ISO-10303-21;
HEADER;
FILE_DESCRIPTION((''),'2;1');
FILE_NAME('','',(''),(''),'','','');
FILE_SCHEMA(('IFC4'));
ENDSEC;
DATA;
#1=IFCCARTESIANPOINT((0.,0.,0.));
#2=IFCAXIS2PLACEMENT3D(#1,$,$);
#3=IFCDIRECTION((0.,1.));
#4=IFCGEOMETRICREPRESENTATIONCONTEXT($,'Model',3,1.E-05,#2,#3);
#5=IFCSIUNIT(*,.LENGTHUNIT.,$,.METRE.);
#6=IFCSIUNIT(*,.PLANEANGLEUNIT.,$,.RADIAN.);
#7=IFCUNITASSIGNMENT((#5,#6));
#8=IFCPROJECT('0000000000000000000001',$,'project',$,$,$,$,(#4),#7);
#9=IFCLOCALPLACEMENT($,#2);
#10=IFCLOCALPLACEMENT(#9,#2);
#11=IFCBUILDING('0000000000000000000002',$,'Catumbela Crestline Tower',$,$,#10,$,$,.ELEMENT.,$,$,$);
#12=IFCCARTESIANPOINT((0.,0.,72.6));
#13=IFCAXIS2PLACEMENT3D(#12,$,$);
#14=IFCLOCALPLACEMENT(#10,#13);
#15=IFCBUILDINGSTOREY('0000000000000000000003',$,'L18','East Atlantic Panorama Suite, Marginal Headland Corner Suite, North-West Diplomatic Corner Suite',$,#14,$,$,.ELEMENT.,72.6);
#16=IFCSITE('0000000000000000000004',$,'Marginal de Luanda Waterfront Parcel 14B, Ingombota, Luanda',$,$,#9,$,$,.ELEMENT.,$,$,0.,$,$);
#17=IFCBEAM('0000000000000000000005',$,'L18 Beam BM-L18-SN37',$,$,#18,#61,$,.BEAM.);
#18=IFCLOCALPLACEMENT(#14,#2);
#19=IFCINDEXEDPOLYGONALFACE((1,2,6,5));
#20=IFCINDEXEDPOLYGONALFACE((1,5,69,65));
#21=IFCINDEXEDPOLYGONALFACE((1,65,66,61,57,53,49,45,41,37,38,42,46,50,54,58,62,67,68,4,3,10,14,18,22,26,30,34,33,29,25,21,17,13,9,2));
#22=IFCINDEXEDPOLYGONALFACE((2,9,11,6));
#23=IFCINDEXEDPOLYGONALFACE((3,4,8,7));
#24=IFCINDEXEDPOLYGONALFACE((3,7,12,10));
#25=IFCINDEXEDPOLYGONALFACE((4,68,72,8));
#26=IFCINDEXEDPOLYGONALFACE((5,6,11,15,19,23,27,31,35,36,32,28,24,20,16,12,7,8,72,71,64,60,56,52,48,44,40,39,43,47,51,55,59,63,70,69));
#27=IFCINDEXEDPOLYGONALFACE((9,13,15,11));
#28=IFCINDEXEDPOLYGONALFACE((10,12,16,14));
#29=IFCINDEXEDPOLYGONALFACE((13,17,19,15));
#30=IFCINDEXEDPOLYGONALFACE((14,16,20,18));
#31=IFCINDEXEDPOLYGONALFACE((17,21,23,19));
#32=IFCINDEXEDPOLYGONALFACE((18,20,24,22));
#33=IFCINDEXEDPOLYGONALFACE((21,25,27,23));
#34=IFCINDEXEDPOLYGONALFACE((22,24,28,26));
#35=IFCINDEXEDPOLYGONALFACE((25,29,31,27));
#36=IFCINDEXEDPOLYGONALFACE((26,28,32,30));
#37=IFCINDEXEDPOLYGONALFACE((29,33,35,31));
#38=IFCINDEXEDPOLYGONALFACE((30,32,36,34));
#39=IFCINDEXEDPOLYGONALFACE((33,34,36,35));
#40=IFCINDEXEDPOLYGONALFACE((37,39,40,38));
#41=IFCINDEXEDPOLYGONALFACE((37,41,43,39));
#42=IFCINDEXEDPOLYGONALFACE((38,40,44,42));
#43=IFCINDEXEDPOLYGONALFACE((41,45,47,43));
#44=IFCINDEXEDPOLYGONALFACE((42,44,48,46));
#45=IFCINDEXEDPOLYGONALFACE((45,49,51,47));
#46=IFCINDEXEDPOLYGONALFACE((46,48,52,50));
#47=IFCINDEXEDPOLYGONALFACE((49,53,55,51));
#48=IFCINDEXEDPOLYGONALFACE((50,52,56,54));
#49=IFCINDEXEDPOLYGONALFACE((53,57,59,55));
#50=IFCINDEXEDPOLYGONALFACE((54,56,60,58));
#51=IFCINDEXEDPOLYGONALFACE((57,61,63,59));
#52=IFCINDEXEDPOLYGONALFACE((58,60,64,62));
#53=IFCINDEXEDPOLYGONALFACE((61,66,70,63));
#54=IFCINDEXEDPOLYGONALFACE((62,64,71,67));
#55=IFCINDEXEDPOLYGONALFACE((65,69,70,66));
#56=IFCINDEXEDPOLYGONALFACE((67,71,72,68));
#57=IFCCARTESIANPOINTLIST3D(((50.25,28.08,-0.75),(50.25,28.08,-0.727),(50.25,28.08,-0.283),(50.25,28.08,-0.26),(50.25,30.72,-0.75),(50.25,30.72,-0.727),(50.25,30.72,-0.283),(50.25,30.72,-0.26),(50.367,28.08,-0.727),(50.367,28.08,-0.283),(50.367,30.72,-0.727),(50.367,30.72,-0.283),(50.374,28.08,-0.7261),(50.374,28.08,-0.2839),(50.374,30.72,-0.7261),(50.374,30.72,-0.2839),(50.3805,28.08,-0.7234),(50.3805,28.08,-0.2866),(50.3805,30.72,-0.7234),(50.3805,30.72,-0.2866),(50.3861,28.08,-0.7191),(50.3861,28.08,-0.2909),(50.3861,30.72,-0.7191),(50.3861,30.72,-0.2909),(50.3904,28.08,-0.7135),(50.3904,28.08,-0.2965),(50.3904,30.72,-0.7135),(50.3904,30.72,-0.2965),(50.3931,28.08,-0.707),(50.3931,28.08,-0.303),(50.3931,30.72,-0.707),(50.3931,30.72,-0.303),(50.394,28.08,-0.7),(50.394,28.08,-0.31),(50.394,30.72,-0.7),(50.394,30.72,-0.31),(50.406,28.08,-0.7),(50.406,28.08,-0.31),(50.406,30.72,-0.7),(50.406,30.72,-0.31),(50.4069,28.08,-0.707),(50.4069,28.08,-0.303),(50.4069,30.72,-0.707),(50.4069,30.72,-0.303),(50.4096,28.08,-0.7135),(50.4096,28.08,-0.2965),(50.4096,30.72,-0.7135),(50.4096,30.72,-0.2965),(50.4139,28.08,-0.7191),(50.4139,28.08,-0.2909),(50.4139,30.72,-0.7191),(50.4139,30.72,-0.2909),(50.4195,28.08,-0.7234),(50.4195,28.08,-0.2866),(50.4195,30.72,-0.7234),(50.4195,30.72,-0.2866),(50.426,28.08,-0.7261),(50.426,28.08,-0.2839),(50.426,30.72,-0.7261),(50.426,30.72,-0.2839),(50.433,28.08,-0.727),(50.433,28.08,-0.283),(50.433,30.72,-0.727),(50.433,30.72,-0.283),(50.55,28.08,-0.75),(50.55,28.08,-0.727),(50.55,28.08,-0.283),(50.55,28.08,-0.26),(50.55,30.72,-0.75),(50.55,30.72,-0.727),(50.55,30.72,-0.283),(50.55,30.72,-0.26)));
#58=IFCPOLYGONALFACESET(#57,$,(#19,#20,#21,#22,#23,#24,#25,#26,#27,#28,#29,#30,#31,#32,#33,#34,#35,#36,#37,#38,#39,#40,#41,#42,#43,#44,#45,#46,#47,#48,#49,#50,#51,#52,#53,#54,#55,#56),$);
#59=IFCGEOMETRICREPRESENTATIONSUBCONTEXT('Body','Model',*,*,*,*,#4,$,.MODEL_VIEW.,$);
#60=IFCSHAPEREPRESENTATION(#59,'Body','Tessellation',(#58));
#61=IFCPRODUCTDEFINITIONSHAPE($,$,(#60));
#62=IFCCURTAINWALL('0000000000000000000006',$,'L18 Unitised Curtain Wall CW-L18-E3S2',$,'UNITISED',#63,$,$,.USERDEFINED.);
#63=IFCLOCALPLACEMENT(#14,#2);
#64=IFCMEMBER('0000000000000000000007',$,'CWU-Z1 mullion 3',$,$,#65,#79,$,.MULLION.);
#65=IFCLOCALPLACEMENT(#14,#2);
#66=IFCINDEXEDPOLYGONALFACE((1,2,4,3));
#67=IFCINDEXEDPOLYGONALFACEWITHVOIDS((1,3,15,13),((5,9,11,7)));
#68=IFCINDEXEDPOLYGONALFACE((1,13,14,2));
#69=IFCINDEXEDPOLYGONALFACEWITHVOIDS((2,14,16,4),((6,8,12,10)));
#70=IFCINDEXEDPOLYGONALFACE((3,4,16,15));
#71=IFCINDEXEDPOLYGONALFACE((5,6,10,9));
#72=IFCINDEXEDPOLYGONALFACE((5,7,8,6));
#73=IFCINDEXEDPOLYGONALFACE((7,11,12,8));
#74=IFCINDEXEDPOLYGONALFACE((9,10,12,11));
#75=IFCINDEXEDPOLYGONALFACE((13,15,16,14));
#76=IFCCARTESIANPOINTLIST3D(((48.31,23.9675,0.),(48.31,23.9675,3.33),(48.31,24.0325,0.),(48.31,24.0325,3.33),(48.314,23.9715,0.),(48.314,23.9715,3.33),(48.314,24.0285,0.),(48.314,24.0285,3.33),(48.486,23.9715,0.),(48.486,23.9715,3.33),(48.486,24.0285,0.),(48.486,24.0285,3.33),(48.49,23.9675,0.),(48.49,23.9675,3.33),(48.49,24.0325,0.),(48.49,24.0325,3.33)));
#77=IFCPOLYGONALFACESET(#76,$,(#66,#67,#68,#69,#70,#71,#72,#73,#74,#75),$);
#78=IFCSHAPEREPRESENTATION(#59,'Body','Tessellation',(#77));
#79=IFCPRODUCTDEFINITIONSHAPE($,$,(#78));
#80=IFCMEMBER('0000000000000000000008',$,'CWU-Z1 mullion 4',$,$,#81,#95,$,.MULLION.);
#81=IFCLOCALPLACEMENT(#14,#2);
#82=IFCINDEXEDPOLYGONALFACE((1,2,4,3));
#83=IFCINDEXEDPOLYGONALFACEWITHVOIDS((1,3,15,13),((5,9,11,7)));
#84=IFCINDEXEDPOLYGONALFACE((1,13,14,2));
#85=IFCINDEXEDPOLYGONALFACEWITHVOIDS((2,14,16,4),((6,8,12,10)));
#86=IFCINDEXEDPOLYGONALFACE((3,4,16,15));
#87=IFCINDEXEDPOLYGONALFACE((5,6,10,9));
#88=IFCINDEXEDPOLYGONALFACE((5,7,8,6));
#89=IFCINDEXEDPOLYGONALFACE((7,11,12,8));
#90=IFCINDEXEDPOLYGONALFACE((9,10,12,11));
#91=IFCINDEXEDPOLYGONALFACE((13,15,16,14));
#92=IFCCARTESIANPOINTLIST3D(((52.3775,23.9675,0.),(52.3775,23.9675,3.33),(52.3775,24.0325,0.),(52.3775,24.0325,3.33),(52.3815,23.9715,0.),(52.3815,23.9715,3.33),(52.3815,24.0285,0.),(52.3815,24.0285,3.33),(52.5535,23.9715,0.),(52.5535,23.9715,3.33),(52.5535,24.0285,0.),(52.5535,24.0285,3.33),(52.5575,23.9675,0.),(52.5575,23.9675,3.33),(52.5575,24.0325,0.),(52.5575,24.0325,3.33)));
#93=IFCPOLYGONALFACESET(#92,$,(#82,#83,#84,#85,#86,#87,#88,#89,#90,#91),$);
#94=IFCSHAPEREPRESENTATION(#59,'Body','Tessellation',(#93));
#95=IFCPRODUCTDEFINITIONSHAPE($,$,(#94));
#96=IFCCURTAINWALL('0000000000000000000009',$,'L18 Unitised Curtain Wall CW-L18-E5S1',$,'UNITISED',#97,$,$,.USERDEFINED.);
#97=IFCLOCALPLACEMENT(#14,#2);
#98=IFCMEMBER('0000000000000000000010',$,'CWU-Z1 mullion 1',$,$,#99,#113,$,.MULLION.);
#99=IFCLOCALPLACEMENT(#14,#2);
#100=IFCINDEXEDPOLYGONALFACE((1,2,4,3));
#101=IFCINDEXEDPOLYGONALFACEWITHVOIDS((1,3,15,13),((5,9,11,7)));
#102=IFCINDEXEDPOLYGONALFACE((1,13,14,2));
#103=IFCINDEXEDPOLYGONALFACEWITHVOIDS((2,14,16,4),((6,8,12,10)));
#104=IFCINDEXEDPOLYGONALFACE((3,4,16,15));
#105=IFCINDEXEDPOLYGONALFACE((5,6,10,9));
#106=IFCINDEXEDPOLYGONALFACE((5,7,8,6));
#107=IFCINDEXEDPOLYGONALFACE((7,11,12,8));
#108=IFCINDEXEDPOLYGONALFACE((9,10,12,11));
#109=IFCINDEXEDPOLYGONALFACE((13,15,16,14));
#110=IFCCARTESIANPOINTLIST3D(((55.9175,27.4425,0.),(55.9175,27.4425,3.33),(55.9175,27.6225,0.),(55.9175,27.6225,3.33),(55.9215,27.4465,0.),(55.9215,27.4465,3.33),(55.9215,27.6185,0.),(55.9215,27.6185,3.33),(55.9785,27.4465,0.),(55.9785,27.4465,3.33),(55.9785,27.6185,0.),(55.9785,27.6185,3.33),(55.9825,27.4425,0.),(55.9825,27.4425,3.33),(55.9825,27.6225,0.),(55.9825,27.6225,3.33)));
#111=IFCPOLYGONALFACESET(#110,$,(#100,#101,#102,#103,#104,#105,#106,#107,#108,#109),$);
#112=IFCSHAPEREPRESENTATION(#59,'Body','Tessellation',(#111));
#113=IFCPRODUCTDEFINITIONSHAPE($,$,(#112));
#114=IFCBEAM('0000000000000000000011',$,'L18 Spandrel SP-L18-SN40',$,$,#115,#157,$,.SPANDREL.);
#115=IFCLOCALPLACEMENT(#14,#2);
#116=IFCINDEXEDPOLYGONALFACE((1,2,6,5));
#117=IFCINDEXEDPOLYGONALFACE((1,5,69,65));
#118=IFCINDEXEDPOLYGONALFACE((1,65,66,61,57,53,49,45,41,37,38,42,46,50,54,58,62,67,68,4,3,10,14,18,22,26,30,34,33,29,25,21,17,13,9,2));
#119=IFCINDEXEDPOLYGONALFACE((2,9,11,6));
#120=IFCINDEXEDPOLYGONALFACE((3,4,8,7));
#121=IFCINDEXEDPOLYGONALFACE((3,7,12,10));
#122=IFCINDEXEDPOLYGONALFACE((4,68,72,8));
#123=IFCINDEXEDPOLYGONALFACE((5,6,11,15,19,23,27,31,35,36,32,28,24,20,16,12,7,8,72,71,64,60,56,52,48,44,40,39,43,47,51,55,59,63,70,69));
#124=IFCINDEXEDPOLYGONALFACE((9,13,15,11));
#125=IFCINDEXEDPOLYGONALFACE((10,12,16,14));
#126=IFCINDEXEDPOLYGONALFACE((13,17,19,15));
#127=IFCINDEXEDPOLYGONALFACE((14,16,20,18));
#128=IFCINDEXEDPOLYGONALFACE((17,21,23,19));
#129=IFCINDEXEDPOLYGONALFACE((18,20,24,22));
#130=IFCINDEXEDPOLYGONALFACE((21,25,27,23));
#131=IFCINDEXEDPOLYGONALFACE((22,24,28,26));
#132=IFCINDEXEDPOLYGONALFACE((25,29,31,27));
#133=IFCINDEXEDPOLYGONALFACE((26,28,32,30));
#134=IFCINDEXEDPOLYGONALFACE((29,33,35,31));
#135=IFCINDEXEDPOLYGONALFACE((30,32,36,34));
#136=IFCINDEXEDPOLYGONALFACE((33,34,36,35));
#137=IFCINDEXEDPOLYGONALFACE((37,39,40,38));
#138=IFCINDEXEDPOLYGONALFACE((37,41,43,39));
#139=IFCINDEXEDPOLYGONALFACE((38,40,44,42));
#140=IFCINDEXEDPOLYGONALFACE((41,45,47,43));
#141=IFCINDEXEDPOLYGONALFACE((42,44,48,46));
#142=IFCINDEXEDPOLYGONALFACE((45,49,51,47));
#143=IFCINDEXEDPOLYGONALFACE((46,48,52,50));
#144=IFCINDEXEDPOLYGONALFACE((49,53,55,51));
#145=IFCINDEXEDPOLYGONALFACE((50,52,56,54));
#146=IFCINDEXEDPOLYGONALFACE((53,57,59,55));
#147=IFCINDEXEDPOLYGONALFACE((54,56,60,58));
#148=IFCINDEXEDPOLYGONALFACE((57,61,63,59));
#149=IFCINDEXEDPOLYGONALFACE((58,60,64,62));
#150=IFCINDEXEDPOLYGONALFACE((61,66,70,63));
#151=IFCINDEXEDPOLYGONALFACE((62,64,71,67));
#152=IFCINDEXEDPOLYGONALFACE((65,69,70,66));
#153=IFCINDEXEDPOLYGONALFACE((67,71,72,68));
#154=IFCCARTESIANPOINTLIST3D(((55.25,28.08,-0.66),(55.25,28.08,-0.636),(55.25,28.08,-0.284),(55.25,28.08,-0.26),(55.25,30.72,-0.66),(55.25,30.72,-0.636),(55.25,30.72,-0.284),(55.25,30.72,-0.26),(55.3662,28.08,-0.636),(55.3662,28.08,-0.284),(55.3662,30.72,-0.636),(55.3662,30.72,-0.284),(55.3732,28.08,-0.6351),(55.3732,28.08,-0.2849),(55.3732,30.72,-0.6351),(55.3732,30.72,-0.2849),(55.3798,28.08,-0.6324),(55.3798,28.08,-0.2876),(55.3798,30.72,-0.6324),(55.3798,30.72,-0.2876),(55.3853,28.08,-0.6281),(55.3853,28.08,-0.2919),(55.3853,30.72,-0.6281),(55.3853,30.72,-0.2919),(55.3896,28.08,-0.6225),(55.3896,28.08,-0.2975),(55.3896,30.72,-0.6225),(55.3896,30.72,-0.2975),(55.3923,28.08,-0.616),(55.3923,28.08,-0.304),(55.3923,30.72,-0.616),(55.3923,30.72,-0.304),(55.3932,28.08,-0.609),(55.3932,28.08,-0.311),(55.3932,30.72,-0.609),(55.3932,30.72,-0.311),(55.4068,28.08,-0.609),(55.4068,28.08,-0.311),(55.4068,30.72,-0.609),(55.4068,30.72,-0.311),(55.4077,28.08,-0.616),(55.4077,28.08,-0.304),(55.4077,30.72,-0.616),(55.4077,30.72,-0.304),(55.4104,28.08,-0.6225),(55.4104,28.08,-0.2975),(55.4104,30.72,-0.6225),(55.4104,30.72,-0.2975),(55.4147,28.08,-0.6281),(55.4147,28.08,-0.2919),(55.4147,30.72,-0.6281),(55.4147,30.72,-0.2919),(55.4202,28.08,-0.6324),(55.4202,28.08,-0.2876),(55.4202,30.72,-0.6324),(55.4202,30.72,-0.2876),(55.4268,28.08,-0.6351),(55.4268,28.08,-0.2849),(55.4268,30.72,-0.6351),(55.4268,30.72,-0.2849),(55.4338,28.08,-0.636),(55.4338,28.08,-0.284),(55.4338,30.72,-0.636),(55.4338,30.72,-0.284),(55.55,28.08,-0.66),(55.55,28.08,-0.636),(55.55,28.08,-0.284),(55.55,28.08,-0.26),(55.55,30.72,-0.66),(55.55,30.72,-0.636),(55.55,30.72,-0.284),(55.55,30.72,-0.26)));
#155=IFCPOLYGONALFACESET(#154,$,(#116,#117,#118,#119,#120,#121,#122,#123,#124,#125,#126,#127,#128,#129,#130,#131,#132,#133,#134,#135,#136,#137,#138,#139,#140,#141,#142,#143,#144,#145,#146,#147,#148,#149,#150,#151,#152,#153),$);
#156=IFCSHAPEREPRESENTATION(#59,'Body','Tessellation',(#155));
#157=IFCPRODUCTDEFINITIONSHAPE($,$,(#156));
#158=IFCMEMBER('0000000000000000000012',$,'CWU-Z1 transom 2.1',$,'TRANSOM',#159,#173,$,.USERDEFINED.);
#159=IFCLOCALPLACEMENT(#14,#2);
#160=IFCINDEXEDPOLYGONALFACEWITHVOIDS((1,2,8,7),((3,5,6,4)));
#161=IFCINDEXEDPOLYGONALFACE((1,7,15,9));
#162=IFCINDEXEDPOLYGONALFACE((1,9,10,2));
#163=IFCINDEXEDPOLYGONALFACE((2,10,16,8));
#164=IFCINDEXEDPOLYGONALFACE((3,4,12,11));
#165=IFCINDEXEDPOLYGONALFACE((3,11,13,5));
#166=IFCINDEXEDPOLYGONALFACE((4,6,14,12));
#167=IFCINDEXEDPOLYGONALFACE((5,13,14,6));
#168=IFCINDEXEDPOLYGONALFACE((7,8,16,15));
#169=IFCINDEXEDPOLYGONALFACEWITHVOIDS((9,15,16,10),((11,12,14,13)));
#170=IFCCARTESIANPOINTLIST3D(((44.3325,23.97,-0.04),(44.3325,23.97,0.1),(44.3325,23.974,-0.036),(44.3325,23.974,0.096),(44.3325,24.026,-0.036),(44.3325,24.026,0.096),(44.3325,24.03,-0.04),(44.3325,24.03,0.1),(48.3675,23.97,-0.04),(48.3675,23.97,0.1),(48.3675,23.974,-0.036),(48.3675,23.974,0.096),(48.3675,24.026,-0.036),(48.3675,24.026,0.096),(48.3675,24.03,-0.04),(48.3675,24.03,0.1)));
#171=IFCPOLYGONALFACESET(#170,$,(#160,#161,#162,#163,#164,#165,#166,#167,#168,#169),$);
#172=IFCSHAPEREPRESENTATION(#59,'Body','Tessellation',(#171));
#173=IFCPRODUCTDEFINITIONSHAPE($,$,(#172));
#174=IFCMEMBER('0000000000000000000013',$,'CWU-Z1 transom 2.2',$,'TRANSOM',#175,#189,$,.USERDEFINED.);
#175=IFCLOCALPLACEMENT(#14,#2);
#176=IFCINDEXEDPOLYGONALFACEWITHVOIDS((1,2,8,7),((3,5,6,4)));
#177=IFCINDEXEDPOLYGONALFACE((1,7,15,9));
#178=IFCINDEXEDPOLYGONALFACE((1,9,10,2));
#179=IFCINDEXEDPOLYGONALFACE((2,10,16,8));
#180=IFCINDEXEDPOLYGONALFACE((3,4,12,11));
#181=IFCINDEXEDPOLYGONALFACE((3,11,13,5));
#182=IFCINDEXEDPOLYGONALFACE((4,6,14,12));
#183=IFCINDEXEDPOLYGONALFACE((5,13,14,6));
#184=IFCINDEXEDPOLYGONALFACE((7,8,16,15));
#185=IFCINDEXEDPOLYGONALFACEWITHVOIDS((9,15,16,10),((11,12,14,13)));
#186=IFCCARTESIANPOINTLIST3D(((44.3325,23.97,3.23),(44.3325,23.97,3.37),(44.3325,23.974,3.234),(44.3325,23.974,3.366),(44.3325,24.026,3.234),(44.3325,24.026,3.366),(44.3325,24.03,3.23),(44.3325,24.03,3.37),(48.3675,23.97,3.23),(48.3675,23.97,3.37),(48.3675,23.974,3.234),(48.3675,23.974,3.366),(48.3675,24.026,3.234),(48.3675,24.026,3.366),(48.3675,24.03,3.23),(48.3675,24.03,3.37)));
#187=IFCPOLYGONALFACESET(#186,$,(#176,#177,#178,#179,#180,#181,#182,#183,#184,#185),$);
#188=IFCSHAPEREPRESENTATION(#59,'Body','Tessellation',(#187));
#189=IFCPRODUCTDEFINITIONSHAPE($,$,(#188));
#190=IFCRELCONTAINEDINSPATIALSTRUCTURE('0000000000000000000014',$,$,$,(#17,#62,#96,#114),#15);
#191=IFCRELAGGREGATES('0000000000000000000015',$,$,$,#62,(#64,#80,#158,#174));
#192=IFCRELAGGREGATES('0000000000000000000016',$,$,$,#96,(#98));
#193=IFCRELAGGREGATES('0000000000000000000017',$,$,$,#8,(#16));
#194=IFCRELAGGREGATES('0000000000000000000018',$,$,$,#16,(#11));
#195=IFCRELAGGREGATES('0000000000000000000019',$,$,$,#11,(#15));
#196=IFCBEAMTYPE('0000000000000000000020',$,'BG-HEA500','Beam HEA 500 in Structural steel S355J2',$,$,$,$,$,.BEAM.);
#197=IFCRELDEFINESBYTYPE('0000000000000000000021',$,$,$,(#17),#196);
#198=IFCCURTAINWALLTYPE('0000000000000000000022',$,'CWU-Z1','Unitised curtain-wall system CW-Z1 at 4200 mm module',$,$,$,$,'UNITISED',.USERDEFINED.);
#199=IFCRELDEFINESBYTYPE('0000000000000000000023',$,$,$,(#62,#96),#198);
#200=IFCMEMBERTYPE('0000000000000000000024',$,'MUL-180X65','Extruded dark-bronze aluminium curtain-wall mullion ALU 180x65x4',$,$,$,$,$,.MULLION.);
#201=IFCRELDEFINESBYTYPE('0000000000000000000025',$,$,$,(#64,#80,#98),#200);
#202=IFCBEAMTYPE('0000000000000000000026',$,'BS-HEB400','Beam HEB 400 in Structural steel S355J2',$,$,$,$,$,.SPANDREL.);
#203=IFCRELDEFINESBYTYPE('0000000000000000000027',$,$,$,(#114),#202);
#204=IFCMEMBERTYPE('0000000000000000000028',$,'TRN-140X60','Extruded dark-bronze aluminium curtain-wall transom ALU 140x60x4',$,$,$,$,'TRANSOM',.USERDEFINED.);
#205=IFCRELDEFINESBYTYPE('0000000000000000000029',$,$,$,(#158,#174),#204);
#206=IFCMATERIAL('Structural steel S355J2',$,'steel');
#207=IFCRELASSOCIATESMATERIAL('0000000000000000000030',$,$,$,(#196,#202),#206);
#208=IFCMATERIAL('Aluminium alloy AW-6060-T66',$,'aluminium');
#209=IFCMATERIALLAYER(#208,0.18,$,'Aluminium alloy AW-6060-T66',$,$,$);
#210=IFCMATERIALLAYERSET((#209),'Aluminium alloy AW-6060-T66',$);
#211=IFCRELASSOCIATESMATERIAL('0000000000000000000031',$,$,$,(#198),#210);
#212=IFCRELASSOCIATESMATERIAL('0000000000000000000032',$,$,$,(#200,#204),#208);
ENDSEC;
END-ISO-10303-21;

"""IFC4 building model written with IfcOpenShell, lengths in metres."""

from ifc_helpers import new_model, si_unit, direction, frame, origin, origin_2d, place, context, subcontext, project, spatial, hollow_rectangle, i_section, extrude, material, layer, layer_set, material_profile, profile_set, type_object, element, aggregate, save


model = new_model("IFC4")

# Units and contexts
model_context = context("Model", 3, precision=1e-05, world=origin(), true_north=direction((0.0, 1.0)))
body_context = subcontext(model_context, "Body", "Model", "MODEL_VIEW")
ifc_project = project(units=[si_unit("LENGTHUNIT", "METRE"), si_unit("PLANEANGLEUNIT", "RADIAN")], contexts=[model_context])

# Site, building, storey
site_placement = place(None, origin())
site = spatial("IfcSite", under=ifc_project, at=site_placement, Name="Marginal de Luanda Waterfront Parcel 14B, Ingombota, Luanda", CompositionType="ELEMENT", RefElevation=0.0)
building_placement = place(site_placement, origin())
building = spatial("IfcBuilding", under=site, at=building_placement, Name="Catumbela Crestline Tower", CompositionType="ELEMENT")
storey_placement = place(building_placement, frame((0.0, 0.0, 72.6)))
storey = spatial("IfcBuildingStorey", under=building, at=storey_placement, Name="L18", Description="East Atlantic Panorama Suite, Marginal Headland Corner Suite, North-West Diplomatic Corner Suite", CompositionType="ELEMENT", Elevation=72.6)

# Beam
ifc_material_1 = material(Name="Structural steel S355J2", Category="steel")
ifc_material_profile_1 = material_profile(ifc_material_1, i_section(OverallWidth=0.3, OverallDepth=0.49, WebThickness=0.012, FlangeThickness=0.023, FilletRadius=0.027, at=origin_2d()), Name="HEA 500")
ifc_profile_set_1 = profile_set([ifc_material_profile_1], Name="Structural steel S355J2")
beam_type_1 = type_object("IfcBeamType", Name="BG-HEA500", Description="Beam HEA 500 in Structural steel S355J2", PredefinedType="BEAM", material=ifc_profile_set_1)
beam_1_placement = place(storey_placement, frame((50.4, 28.08, -0.505), z_axis=(0.0, 1.0, 0.0), x_axis=(-1.0, 0.0, 0.0)))
element("IfcBeam", 1, at=beam_1_placement, inside=storey, type_object=beam_type_1, Name="L18 Beam BM-L18-SN37", PredefinedType="BEAM", context=body_context, shape_type="SweptSolid", body=[
    extrude(i_section(OverallWidth=0.3, OverallDepth=0.49, WebThickness=0.012, FlangeThickness=0.023, FilletRadius=0.027, at=origin_2d()), origin(), (0.0, 0.0, 1.0), 2.64),
])

# Curtain wall, members
ifc_material_2 = material(Name="Aluminium alloy AW-6060-T66", Category="aluminium")
ifc_layer_1 = layer(ifc_material_2, 0.18, Name="Aluminium alloy AW-6060-T66")
ifc_layer_set_1 = layer_set([ifc_layer_1], Name="Aluminium alloy AW-6060-T66")
curtain_wall_type = type_object("IfcCurtainWallType", Name="CWU-Z1", Description="Unitised curtain-wall system CW-Z1 at 4200 mm module", ElementType="UNITISED", PredefinedType="USERDEFINED", material=ifc_layer_set_1)
curtain_wall_1_placement = place(storey_placement, origin())
curtain_wall_1 = element("IfcCurtainWall", 2, at=curtain_wall_1_placement, inside=storey, type_object=curtain_wall_type, Name="L18 Unitised Curtain Wall CW-L18-E3S2", ObjectType="UNITISED", PredefinedType="USERDEFINED")
ifc_material_profile_2 = material_profile(ifc_material_2, hollow_rectangle(XDim=0.065, YDim=0.18, WallThickness=0.004, at=origin_2d()), Name="ALU 180x65x4")
ifc_profile_set_2 = profile_set([ifc_material_profile_2], Name="Aluminium alloy AW-6060-T66")
member_type_1 = type_object("IfcMemberType", Name="MUL-180X65", Description="Extruded dark-bronze aluminium curtain-wall mullion ALU 180x65x4", PredefinedType="MULLION", material=ifc_profile_set_2)
member_1_placement = place(storey_placement, frame((48.4, 24.0, 0.0), z_axis=(0.0, 0.0, 1.0), x_axis=(0.0, 1.0, 0.0)))
member_1 = element("IfcMember", 3, at=member_1_placement, type_object=member_type_1, Name="CWU-Z1 mullion 3", PredefinedType="MULLION", context=body_context, shape_type="SweptSolid", body=[
    extrude(hollow_rectangle(XDim=0.065, YDim=0.18, WallThickness=0.004, at=origin_2d()), origin(), (0.0, 0.0, 1.0), 3.33),
])
member_2_placement = place(storey_placement, frame((52.4675, 24.0, 0.0), z_axis=(0.0, 0.0, 1.0), x_axis=(0.0, 1.0, 0.0)))
member_2 = element("IfcMember", 4, at=member_2_placement, type_object=member_type_1, Name="CWU-Z1 mullion 4", PredefinedType="MULLION", context=body_context, shape_type="SweptSolid", body=[
    extrude(hollow_rectangle(XDim=0.065, YDim=0.18, WallThickness=0.004, at=origin_2d()), origin(), (0.0, 0.0, 1.0), 3.33),
])

# Curtain wall, member
curtain_wall_2_placement = place(storey_placement, origin())
curtain_wall_2 = element("IfcCurtainWall", 5, at=curtain_wall_2_placement, inside=storey, type_object=curtain_wall_type, Name="L18 Unitised Curtain Wall CW-L18-E5S1", ObjectType="UNITISED", PredefinedType="USERDEFINED")
member_3_placement = place(storey_placement, frame((55.95, 27.5325, 0.0), z_axis=(0.0, 0.0, 1.0), x_axis=(-1.0, 0.0, 0.0)))
member_3 = element("IfcMember", 6, at=member_3_placement, type_object=member_type_1, Name="CWU-Z1 mullion 1", PredefinedType="MULLION", context=body_context, shape_type="SweptSolid", body=[
    extrude(hollow_rectangle(XDim=0.065, YDim=0.18, WallThickness=0.004, at=origin_2d()), origin(), (0.0, 0.0, 1.0), 3.33),
])

# Beam
ifc_material_profile_3 = material_profile(ifc_material_1, i_section(OverallWidth=0.3, OverallDepth=0.4, WebThickness=0.0135, FlangeThickness=0.024, FilletRadius=0.027, at=origin_2d()), Name="HEB 400")
ifc_profile_set_3 = profile_set([ifc_material_profile_3], Name="Structural steel S355J2")
beam_type_2 = type_object("IfcBeamType", Name="BS-HEB400", Description="Beam HEB 400 in Structural steel S355J2", PredefinedType="SPANDREL", material=ifc_profile_set_3)
beam_2_placement = place(storey_placement, frame((55.4, 28.08, -0.46), z_axis=(0.0, 1.0, 0.0), x_axis=(-1.0, 0.0, 0.0)))
element("IfcBeam", 7, at=beam_2_placement, inside=storey, type_object=beam_type_2, Name="L18 Spandrel SP-L18-SN40", PredefinedType="SPANDREL", context=body_context, shape_type="SweptSolid", body=[
    extrude(i_section(OverallWidth=0.3, OverallDepth=0.4, WebThickness=0.0135, FlangeThickness=0.024, FilletRadius=0.027, at=origin_2d()), origin(), (0.0, 0.0, 1.0), 2.64),
])

# Members
ifc_material_profile_4 = material_profile(ifc_material_2, hollow_rectangle(XDim=0.06, YDim=0.14, WallThickness=0.004, at=origin_2d()), Name="ALU 140x60x4")
ifc_profile_set_4 = profile_set([ifc_material_profile_4], Name="Aluminium alloy AW-6060-T66")
member_type_2 = type_object("IfcMemberType", Name="TRN-140X60", Description="Extruded dark-bronze aluminium curtain-wall transom ALU 140x60x4", ElementType="TRANSOM", PredefinedType="USERDEFINED", material=ifc_profile_set_4)
member_4_placement = place(storey_placement, frame((44.3325, 24.0, 0.03), z_axis=(1.0, 0.0, 0.0), x_axis=(0.0, 1.0, 0.0)))
member_4 = element("IfcMember", 8, at=member_4_placement, type_object=member_type_2, Name="CWU-Z1 transom 2.1", ObjectType="TRANSOM", PredefinedType="USERDEFINED", context=body_context, shape_type="SweptSolid", body=[
    extrude(hollow_rectangle(XDim=0.06, YDim=0.14, WallThickness=0.004, at=origin_2d()), origin(), (0.0, 0.0, 1.0), 4.035),
])
member_5_placement = place(storey_placement, frame((44.3325, 24.0, 3.3), z_axis=(1.0, 0.0, 0.0), x_axis=(0.0, 1.0, 0.0)))
member_5 = element("IfcMember", 9, at=member_5_placement, type_object=member_type_2, Name="CWU-Z1 transom 2.2", ObjectType="TRANSOM", PredefinedType="USERDEFINED", context=body_context, shape_type="SweptSolid", body=[
    extrude(hollow_rectangle(XDim=0.06, YDim=0.14, WallThickness=0.004, at=origin_2d()), origin(), (0.0, 0.0, 1.0), 4.035),
])

aggregate(curtain_wall_1, [member_1, member_2, member_4, member_5])
aggregate(curtain_wall_2, [member_3])

save(model, "model.ifc")
